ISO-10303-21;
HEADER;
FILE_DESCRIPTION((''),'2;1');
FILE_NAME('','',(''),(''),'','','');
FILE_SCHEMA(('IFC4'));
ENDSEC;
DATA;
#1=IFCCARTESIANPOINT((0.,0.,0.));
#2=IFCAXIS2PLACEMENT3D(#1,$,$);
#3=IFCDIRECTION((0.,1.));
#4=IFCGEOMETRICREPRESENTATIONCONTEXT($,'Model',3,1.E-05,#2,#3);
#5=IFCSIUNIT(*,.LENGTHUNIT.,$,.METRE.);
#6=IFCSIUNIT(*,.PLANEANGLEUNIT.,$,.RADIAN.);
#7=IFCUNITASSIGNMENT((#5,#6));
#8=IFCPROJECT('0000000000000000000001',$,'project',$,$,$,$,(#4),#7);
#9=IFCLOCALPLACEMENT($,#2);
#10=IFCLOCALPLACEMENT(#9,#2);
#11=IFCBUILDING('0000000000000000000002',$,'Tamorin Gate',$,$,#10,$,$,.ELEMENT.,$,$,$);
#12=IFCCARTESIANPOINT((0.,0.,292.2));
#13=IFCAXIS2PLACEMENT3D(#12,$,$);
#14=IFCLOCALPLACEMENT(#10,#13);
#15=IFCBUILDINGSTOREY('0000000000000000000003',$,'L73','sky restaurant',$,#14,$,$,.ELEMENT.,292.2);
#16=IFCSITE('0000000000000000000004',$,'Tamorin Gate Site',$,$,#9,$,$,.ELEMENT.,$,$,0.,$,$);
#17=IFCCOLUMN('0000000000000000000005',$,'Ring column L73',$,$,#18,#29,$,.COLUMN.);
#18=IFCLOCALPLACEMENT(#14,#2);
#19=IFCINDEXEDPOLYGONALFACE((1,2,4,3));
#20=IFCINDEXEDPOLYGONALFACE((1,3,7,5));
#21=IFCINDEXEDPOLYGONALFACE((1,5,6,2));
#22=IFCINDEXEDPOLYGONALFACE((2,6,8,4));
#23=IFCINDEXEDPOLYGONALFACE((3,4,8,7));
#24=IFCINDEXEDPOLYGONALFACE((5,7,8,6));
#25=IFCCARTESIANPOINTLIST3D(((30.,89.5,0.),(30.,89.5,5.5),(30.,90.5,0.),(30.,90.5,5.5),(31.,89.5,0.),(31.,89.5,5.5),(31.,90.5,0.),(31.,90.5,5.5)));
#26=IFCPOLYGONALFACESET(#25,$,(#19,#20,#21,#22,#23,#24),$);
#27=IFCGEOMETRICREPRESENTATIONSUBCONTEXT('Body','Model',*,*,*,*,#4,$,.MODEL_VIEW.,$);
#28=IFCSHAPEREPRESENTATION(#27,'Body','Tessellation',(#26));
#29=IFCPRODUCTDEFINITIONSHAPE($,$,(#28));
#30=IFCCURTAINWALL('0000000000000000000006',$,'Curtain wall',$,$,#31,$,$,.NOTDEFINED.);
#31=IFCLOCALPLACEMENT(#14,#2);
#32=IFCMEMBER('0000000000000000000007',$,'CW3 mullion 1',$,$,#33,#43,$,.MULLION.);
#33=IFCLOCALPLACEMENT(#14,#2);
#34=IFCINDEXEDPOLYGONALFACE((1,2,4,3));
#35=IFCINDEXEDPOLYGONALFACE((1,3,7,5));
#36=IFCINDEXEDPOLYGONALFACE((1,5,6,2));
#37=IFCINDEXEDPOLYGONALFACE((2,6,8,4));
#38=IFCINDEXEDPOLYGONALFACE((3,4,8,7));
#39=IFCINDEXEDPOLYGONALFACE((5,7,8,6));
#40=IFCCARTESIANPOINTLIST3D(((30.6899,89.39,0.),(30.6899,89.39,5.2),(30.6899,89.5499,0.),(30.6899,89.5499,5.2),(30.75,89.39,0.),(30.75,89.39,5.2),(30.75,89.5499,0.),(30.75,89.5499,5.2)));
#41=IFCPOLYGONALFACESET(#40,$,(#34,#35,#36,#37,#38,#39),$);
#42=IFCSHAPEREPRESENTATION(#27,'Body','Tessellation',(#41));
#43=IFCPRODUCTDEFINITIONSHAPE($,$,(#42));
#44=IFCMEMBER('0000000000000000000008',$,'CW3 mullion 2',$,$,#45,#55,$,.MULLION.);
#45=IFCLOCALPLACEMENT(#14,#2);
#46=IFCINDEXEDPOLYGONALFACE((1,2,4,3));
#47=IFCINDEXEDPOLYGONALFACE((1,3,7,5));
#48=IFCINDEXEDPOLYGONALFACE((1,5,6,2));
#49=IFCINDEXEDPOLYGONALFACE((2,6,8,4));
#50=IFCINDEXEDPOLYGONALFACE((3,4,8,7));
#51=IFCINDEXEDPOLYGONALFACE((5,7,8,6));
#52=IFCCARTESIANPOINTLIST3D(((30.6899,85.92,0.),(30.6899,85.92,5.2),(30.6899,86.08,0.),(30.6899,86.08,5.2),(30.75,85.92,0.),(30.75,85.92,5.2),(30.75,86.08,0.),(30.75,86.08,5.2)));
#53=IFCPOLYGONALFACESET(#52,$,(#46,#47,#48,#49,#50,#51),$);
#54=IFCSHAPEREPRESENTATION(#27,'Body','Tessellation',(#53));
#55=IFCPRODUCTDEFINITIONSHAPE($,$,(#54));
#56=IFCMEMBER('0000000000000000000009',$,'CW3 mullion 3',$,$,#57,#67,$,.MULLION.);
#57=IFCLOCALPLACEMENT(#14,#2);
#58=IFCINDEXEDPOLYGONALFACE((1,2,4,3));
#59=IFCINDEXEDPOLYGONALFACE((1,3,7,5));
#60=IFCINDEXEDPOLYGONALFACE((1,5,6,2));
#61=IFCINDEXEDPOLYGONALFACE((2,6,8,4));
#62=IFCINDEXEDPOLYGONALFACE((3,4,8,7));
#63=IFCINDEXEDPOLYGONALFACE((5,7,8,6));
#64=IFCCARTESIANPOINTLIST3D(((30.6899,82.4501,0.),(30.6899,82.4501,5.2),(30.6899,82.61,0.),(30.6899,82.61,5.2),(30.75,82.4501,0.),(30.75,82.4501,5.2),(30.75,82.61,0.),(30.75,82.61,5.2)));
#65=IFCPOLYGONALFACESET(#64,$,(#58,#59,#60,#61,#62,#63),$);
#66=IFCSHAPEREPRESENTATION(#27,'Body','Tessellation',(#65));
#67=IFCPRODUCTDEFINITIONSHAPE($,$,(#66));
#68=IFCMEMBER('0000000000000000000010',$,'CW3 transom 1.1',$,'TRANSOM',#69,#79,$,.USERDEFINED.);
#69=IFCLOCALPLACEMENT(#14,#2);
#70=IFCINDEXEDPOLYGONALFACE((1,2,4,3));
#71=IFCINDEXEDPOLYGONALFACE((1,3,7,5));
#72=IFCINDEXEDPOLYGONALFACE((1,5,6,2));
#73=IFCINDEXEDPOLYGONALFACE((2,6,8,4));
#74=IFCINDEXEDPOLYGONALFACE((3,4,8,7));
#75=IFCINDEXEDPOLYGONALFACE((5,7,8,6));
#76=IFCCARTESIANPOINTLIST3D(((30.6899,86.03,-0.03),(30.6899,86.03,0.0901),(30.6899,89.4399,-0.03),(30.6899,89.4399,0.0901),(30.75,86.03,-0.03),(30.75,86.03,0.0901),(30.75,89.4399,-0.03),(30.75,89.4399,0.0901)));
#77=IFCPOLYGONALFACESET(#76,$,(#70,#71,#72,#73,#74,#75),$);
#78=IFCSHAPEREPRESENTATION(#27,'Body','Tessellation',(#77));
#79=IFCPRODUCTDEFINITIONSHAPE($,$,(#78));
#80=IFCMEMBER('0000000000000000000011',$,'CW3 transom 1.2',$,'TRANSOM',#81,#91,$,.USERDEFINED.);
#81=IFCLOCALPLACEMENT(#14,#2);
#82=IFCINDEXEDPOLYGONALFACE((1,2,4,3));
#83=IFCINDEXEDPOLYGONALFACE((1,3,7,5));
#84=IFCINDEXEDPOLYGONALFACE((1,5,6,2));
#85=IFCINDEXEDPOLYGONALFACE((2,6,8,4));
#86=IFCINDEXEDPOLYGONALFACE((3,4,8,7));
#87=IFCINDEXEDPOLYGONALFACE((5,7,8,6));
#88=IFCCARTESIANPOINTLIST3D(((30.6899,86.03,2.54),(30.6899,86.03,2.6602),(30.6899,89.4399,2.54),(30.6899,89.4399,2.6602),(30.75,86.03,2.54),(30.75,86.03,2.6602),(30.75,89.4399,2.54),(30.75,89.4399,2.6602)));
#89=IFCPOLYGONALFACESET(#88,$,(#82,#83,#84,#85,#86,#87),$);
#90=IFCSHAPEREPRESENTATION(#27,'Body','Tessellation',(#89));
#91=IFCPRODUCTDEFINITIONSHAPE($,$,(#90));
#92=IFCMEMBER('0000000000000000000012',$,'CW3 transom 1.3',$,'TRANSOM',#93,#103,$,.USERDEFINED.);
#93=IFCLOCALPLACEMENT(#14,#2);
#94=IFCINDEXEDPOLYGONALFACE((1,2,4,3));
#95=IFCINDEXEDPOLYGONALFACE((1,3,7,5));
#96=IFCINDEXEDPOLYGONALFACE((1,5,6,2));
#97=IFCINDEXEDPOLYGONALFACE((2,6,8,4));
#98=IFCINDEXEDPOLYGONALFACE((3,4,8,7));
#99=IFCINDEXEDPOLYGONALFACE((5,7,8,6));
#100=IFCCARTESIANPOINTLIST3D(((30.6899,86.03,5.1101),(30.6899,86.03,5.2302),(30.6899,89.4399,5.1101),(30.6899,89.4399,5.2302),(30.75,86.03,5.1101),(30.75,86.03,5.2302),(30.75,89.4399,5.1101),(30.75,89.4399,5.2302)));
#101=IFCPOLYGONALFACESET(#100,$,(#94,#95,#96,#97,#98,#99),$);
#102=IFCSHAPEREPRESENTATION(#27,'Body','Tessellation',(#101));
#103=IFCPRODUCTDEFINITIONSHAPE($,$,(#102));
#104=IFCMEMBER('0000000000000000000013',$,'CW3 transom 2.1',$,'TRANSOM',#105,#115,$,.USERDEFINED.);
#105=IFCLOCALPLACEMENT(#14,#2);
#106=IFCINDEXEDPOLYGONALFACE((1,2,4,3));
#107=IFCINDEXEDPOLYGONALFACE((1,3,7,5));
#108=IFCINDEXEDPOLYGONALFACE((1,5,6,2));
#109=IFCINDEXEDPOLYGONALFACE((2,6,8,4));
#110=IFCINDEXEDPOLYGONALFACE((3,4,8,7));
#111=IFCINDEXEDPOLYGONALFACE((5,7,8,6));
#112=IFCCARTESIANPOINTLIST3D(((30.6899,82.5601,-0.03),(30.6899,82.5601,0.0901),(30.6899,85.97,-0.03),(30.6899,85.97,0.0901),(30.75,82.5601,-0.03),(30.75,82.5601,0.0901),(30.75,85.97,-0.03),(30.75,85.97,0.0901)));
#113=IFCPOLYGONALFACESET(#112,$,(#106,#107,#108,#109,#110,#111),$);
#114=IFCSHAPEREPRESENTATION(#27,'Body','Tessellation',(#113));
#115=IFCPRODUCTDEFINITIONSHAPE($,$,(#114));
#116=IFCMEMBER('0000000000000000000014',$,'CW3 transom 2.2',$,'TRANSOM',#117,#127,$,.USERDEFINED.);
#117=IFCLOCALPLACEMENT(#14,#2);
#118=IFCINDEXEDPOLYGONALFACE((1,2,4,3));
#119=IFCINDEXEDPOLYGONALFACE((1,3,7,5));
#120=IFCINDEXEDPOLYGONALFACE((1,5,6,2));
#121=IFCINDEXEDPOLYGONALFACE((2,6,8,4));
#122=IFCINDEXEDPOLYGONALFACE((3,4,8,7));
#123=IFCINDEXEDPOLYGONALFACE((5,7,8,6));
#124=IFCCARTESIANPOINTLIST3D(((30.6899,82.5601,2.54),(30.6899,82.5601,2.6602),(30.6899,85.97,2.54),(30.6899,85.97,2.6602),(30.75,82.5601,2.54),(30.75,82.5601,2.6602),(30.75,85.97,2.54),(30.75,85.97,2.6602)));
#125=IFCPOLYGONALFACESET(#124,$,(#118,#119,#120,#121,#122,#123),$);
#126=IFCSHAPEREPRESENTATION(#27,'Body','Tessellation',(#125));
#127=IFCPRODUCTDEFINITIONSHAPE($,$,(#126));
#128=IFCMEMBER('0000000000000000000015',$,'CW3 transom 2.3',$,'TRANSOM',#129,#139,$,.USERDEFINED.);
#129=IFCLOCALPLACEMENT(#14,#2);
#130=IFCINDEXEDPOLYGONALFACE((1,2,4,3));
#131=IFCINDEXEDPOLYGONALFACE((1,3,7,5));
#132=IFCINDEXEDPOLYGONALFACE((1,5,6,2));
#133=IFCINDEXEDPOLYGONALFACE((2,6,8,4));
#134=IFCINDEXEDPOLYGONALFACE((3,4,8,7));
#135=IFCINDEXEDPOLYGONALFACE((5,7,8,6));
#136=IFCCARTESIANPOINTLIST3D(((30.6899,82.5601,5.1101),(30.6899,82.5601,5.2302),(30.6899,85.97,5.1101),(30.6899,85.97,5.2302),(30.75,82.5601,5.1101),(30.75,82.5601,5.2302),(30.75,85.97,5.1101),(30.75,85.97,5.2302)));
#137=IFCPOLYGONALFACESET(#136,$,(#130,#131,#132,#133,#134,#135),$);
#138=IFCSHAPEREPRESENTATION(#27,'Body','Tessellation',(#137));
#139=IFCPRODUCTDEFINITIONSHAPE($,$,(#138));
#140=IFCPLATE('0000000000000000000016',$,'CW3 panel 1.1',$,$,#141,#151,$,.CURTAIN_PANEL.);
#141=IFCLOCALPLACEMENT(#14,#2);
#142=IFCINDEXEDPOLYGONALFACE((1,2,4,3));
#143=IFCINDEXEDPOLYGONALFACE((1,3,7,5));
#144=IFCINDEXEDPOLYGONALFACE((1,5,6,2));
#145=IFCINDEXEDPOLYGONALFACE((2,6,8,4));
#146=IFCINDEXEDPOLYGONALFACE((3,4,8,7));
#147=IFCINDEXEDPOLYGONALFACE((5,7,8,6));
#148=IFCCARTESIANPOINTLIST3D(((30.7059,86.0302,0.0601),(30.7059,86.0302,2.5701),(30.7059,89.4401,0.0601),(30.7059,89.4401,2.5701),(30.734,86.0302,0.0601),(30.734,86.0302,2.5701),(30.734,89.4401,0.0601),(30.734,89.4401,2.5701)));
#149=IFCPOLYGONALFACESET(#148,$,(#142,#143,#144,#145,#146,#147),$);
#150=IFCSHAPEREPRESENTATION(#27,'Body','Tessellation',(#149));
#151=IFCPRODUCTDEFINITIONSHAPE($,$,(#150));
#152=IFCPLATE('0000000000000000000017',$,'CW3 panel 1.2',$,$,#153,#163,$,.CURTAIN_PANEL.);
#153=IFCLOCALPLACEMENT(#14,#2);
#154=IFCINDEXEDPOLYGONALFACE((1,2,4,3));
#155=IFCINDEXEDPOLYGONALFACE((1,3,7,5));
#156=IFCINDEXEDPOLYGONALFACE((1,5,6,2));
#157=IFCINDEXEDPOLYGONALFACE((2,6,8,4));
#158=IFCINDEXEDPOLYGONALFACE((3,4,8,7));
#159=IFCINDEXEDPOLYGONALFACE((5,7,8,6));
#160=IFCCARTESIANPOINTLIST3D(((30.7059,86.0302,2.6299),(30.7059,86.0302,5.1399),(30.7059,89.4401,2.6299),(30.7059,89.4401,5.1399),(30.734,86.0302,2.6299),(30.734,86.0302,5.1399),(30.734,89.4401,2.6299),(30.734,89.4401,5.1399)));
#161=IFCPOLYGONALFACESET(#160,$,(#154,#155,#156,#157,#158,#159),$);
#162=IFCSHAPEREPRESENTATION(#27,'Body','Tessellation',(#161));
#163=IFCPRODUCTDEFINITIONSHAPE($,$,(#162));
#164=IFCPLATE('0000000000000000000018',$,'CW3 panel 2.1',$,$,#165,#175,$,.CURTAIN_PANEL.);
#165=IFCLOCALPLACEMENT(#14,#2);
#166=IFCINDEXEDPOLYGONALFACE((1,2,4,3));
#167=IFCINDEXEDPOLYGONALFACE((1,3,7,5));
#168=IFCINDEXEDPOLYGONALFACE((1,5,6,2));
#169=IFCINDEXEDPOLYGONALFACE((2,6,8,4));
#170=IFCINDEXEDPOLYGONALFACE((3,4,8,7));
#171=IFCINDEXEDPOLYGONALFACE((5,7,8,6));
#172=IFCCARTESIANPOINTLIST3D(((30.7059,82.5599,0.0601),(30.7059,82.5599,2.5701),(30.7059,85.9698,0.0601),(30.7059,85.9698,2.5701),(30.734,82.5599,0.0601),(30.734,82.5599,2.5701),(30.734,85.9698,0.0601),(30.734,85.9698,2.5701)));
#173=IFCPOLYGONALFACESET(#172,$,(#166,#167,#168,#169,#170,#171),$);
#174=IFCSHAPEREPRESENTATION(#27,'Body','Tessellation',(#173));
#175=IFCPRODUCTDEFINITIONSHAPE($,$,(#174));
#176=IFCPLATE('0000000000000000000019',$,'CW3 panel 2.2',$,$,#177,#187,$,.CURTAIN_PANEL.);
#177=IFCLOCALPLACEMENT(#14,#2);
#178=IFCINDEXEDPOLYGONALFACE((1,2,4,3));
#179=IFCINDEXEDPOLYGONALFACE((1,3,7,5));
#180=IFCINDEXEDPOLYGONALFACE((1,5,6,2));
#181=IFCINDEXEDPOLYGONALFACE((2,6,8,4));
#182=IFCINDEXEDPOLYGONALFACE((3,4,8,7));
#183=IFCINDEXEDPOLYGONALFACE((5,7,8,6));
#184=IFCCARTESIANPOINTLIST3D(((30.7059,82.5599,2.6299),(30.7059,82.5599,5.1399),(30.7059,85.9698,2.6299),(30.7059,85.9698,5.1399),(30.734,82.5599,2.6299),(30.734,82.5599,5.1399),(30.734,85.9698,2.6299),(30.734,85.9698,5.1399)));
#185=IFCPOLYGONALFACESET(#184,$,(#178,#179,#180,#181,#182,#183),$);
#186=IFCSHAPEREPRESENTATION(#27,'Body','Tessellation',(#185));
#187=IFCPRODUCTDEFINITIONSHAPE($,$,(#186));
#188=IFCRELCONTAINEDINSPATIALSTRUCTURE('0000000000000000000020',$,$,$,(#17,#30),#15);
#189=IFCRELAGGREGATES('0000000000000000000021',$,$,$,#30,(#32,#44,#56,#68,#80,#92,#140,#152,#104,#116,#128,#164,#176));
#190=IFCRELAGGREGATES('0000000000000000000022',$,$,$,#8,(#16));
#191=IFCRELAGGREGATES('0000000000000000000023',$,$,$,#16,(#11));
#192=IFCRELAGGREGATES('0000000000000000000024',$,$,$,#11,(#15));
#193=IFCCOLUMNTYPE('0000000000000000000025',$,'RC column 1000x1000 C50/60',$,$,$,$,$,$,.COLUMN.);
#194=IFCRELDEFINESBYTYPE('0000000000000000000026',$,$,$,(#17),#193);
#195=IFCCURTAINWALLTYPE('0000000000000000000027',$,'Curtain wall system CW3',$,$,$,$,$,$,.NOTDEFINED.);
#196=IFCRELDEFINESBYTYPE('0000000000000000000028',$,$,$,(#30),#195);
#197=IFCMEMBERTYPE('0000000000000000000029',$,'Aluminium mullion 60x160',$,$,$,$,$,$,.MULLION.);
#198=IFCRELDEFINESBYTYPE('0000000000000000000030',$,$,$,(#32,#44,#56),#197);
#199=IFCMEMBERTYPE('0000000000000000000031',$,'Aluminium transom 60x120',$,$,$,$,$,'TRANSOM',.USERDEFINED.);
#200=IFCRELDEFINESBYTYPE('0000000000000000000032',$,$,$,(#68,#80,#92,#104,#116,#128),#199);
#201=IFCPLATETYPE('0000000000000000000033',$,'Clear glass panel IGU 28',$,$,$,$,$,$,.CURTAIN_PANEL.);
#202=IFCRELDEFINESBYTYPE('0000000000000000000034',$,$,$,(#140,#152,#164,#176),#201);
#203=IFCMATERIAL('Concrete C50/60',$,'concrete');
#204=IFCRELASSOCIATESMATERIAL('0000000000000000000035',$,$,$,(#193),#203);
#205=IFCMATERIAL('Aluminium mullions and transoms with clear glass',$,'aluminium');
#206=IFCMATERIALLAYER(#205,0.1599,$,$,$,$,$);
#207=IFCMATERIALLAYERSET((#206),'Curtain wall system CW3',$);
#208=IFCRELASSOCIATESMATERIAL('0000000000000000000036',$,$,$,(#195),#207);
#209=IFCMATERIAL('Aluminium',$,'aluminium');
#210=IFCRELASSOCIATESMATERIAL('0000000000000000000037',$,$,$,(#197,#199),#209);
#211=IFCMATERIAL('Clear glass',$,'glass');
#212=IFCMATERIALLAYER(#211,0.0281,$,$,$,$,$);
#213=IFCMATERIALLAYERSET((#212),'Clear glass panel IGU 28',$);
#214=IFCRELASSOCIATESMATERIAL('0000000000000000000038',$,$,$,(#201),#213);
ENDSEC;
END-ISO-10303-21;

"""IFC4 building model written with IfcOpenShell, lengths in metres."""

from ifc_helpers import new_model, si_unit, direction, frame, origin, origin_2d, place, context, subcontext, project, spatial, rectangle, extrude, material, layer, layer_set, material_profile, profile_set, type_object, element, aggregate, save


model = new_model("IFC4")

# Units and contexts
model_context = context("Model", 3, precision=1e-05, world=origin(), true_north=direction((0.0, 1.0)))
body_context = subcontext(model_context, "Body", "Model", "MODEL_VIEW")
ifc_project = project(units=[si_unit("LENGTHUNIT", "METRE"), si_unit("PLANEANGLEUNIT", "RADIAN")], contexts=[model_context])

# Site, building, storey
site_placement = place(None, origin())
site = spatial("IfcSite", under=ifc_project, at=site_placement, Name="Tamorin Gate Site", CompositionType="ELEMENT", RefElevation=0.0)
building_placement = place(site_placement, origin())
building = spatial("IfcBuilding", under=site, at=building_placement, Name="Tamorin Gate", CompositionType="ELEMENT")
storey_placement = place(building_placement, frame((0.0, 0.0, 292.2)))
storey = spatial("IfcBuildingStorey", under=building, at=storey_placement, Name="L73", Description="sky restaurant", CompositionType="ELEMENT", Elevation=292.2)

# Column
ifc_material_1 = material(Name="Concrete C50/60", Category="concrete")
ifc_material_profile_1 = material_profile(ifc_material_1, rectangle(XDim=1.0, YDim=1.0, at=origin_2d()), Name="RC 1000x1000")
ifc_profile_set_1 = profile_set([ifc_material_profile_1], Name="Concrete C50/60")
column_type = type_object("IfcColumnType", Name="RC column 1000x1000 C50/60", PredefinedType="COLUMN", material=ifc_profile_set_1)
column_placement = place(storey_placement, frame((30.5, 90.0, 0.0), z_axis=(0.0, 0.0, 1.0), x_axis=(1.0, 0.0, 0.0)))
element("IfcColumn", 1, at=column_placement, inside=storey, type_object=column_type, Name="Ring column L73", PredefinedType="COLUMN", context=body_context, shape_type="SweptSolid", body=[
    extrude(rectangle(XDim=1.0, YDim=1.0, at=origin_2d()), origin(), (0.0, 0.0, 1.0), 5.5),
])

# Curtain wall, members, plates
ifc_material_2 = material(Name="Aluminium mullions and transoms with clear glass", Category="aluminium")
ifc_layer_1 = layer(ifc_material_2, 0.1599)
ifc_layer_set_1 = layer_set([ifc_layer_1], Name="Curtain wall system CW3")
curtain_wall_type = type_object("IfcCurtainWallType", Name="Curtain wall system CW3", PredefinedType="NOTDEFINED", material=ifc_layer_set_1)
curtain_wall_placement = place(storey_placement, origin())
curtain_wall = element("IfcCurtainWall", 2, at=curtain_wall_placement, inside=storey, type_object=curtain_wall_type, Name="Curtain wall", PredefinedType="NOTDEFINED")
ifc_material_3 = material(Name="Aluminium", Category="aluminium")
ifc_material_profile_2 = material_profile(ifc_material_3, rectangle(XDim=0.0601, YDim=0.1599, at=origin_2d()), Name="RECT 60x160")
ifc_profile_set_2 = profile_set([ifc_material_profile_2], Name="Aluminium")
member_type_1 = type_object("IfcMemberType", Name="Aluminium mullion 60x160", PredefinedType="MULLION", material=ifc_profile_set_2)
member_1_placement = place(storey_placement, frame((30.72, 89.47, 0.0), z_axis=(0.0, 0.0, 1.0), x_axis=(1.0, 0.0, 0.0)))
member_1 = element("IfcMember", 3, at=member_1_placement, type_object=member_type_1, Name="CW3 mullion 1", PredefinedType="MULLION", context=body_context, shape_type="SweptSolid", body=[
    extrude(rectangle(XDim=0.0601, YDim=0.1599, at=origin_2d()), origin(), (0.0, 0.0, 1.0), 5.2),
])
member_2_placement = place(storey_placement, frame((30.72, 86.0, 0.0), z_axis=(0.0, 0.0, 1.0), x_axis=(1.0, 0.0, 0.0)))
member_2 = element("IfcMember", 4, at=member_2_placement, type_object=member_type_1, Name="CW3 mullion 2", PredefinedType="MULLION", context=body_context, shape_type="SweptSolid", body=[
    extrude(rectangle(XDim=0.0601, YDim=0.1599, at=origin_2d()), origin(), (0.0, 0.0, 1.0), 5.2),
])
member_3_placement = place(storey_placement, frame((30.72, 82.53, 0.0), z_axis=(0.0, 0.0, 1.0), x_axis=(1.0, 0.0, 0.0)))
member_3 = element("IfcMember", 5, at=member_3_placement, type_object=member_type_1, Name="CW3 mullion 3", PredefinedType="MULLION", context=body_context, shape_type="SweptSolid", body=[
    extrude(rectangle(XDim=0.0601, YDim=0.1599, at=origin_2d()), origin(), (0.0, 0.0, 1.0), 5.2),
])
ifc_material_profile_3 = material_profile(ifc_material_3, rectangle(XDim=0.0601, YDim=0.1201, at=origin_2d()), Name="RECT 60x120")
ifc_profile_set_3 = profile_set([ifc_material_profile_3], Name="Aluminium")
member_type_2 = type_object("IfcMemberType", Name="Aluminium transom 60x120", ElementType="TRANSOM", PredefinedType="USERDEFINED", material=ifc_profile_set_3)
member_4_placement = place(storey_placement, frame((30.72, 89.4399, 0.03), z_axis=(0.0, -1.0, 0.0), x_axis=(1.0, 0.0, 0.0)))
member_4 = element("IfcMember", 6, at=member_4_placement, type_object=member_type_2, Name="CW3 transom 1.1", ObjectType="TRANSOM", PredefinedType="USERDEFINED", context=body_context, shape_type="SweptSolid", body=[
    extrude(rectangle(XDim=0.0601, YDim=0.1201, at=origin_2d()), origin(), (0.0, 0.0, 1.0), 3.4099),
])
member_5_placement = place(storey_placement, frame((30.72, 89.4399, 2.6001), z_axis=(0.0, -1.0, 0.0), x_axis=(1.0, 0.0, 0.0)))
member_5 = element("IfcMember", 7, at=member_5_placement, type_object=member_type_2, Name="CW3 transom 1.2", ObjectType="TRANSOM", PredefinedType="USERDEFINED", context=body_context, shape_type="SweptSolid", body=[
    extrude(rectangle(XDim=0.0601, YDim=0.1201, at=origin_2d()), origin(), (0.0, 0.0, 1.0), 3.4099),
])
member_6_placement = place(storey_placement, frame((30.72, 89.4399, 5.1702), z_axis=(0.0, -1.0, 0.0), x_axis=(1.0, 0.0, 0.0)))
member_6 = element("IfcMember", 8, at=member_6_placement, type_object=member_type_2, Name="CW3 transom 1.3", ObjectType="TRANSOM", PredefinedType="USERDEFINED", context=body_context, shape_type="SweptSolid", body=[
    extrude(rectangle(XDim=0.0601, YDim=0.1201, at=origin_2d()), origin(), (0.0, 0.0, 1.0), 3.4099),
])
member_7_placement = place(storey_placement, frame((30.72, 85.97, 0.03), z_axis=(0.0, -1.0, 0.0), x_axis=(1.0, 0.0, 0.0)))
member_7 = element("IfcMember", 9, at=member_7_placement, type_object=member_type_2, Name="CW3 transom 2.1", ObjectType="TRANSOM", PredefinedType="USERDEFINED", context=body_context, shape_type="SweptSolid", body=[
    extrude(rectangle(XDim=0.0601, YDim=0.1201, at=origin_2d()), origin(), (0.0, 0.0, 1.0), 3.4099),
])
member_8_placement = place(storey_placement, frame((30.72, 85.97, 2.6001), z_axis=(0.0, -1.0, 0.0), x_axis=(1.0, 0.0, 0.0)))
member_8 = element("IfcMember", 10, at=member_8_placement, type_object=member_type_2, Name="CW3 transom 2.2", ObjectType="TRANSOM", PredefinedType="USERDEFINED", context=body_context, shape_type="SweptSolid", body=[
    extrude(rectangle(XDim=0.0601, YDim=0.1201, at=origin_2d()), origin(), (0.0, 0.0, 1.0), 3.4099),
])
member_9_placement = place(storey_placement, frame((30.72, 85.97, 5.1702), z_axis=(0.0, -1.0, 0.0), x_axis=(1.0, 0.0, 0.0)))
member_9 = element("IfcMember", 11, at=member_9_placement, type_object=member_type_2, Name="CW3 transom 2.3", ObjectType="TRANSOM", PredefinedType="USERDEFINED", context=body_context, shape_type="SweptSolid", body=[
    extrude(rectangle(XDim=0.0601, YDim=0.1201, at=origin_2d()), origin(), (0.0, 0.0, 1.0), 3.4099),
])
ifc_material_4 = material(Name="Clear glass", Category="glass")
ifc_layer_2 = layer(ifc_material_4, 0.0281)
ifc_layer_set_2 = layer_set([ifc_layer_2], Name="Clear glass panel IGU 28")
plate_type = type_object("IfcPlateType", Name="Clear glass panel IGU 28", PredefinedType="CURTAIN_PANEL", material=ifc_layer_set_2)
plate_1_placement = place(storey_placement, frame((30.72, 87.7351, 0.0601), z_axis=(0.0, 0.0, 1.0), x_axis=(0.0, -1.0, 0.0)))
plate_1 = element("IfcPlate", 12, at=plate_1_placement, type_object=plate_type, Name="CW3 panel 1.1", PredefinedType="CURTAIN_PANEL", context=body_context, shape_type="SweptSolid", body=[
    extrude(rectangle(XDim=3.4099, YDim=0.0281, at=origin_2d()), origin(), (0.0, 0.0, 1.0), 2.51),
])
plate_2_placement = place(storey_placement, frame((30.72, 87.7351, 2.6299), z_axis=(0.0, 0.0, 1.0), x_axis=(0.0, -1.0, 0.0)))
plate_2 = element("IfcPlate", 13, at=plate_2_placement, type_object=plate_type, Name="CW3 panel 1.2", PredefinedType="CURTAIN_PANEL", context=body_context, shape_type="SweptSolid", body=[
    extrude(rectangle(XDim=3.4099, YDim=0.0281, at=origin_2d()), origin(), (0.0, 0.0, 1.0), 2.51),
])
plate_3_placement = place(storey_placement, frame((30.72, 84.2649, 0.0601), z_axis=(0.0, 0.0, 1.0), x_axis=(0.0, -1.0, 0.0)))
plate_3 = element("IfcPlate", 14, at=plate_3_placement, type_object=plate_type, Name="CW3 panel 2.1", PredefinedType="CURTAIN_PANEL", context=body_context, shape_type="SweptSolid", body=[
    extrude(rectangle(XDim=3.4099, YDim=0.0281, at=origin_2d()), origin(), (0.0, 0.0, 1.0), 2.51),
])
plate_4_placement = place(storey_placement, frame((30.72, 84.2649, 2.6299), z_axis=(0.0, 0.0, 1.0), x_axis=(0.0, -1.0, 0.0)))
plate_4 = element("IfcPlate", 15, at=plate_4_placement, type_object=plate_type, Name="CW3 panel 2.2", PredefinedType="CURTAIN_PANEL", context=body_context, shape_type="SweptSolid", body=[
    extrude(rectangle(XDim=3.4099, YDim=0.0281, at=origin_2d()), origin(), (0.0, 0.0, 1.0), 2.51),
])
aggregate(curtain_wall, [member_1, member_2, member_3, member_4, member_5, member_6, plate_1, plate_2, member_7, member_8, member_9, plate_3, plate_4])

save(model, "model.ifc")
